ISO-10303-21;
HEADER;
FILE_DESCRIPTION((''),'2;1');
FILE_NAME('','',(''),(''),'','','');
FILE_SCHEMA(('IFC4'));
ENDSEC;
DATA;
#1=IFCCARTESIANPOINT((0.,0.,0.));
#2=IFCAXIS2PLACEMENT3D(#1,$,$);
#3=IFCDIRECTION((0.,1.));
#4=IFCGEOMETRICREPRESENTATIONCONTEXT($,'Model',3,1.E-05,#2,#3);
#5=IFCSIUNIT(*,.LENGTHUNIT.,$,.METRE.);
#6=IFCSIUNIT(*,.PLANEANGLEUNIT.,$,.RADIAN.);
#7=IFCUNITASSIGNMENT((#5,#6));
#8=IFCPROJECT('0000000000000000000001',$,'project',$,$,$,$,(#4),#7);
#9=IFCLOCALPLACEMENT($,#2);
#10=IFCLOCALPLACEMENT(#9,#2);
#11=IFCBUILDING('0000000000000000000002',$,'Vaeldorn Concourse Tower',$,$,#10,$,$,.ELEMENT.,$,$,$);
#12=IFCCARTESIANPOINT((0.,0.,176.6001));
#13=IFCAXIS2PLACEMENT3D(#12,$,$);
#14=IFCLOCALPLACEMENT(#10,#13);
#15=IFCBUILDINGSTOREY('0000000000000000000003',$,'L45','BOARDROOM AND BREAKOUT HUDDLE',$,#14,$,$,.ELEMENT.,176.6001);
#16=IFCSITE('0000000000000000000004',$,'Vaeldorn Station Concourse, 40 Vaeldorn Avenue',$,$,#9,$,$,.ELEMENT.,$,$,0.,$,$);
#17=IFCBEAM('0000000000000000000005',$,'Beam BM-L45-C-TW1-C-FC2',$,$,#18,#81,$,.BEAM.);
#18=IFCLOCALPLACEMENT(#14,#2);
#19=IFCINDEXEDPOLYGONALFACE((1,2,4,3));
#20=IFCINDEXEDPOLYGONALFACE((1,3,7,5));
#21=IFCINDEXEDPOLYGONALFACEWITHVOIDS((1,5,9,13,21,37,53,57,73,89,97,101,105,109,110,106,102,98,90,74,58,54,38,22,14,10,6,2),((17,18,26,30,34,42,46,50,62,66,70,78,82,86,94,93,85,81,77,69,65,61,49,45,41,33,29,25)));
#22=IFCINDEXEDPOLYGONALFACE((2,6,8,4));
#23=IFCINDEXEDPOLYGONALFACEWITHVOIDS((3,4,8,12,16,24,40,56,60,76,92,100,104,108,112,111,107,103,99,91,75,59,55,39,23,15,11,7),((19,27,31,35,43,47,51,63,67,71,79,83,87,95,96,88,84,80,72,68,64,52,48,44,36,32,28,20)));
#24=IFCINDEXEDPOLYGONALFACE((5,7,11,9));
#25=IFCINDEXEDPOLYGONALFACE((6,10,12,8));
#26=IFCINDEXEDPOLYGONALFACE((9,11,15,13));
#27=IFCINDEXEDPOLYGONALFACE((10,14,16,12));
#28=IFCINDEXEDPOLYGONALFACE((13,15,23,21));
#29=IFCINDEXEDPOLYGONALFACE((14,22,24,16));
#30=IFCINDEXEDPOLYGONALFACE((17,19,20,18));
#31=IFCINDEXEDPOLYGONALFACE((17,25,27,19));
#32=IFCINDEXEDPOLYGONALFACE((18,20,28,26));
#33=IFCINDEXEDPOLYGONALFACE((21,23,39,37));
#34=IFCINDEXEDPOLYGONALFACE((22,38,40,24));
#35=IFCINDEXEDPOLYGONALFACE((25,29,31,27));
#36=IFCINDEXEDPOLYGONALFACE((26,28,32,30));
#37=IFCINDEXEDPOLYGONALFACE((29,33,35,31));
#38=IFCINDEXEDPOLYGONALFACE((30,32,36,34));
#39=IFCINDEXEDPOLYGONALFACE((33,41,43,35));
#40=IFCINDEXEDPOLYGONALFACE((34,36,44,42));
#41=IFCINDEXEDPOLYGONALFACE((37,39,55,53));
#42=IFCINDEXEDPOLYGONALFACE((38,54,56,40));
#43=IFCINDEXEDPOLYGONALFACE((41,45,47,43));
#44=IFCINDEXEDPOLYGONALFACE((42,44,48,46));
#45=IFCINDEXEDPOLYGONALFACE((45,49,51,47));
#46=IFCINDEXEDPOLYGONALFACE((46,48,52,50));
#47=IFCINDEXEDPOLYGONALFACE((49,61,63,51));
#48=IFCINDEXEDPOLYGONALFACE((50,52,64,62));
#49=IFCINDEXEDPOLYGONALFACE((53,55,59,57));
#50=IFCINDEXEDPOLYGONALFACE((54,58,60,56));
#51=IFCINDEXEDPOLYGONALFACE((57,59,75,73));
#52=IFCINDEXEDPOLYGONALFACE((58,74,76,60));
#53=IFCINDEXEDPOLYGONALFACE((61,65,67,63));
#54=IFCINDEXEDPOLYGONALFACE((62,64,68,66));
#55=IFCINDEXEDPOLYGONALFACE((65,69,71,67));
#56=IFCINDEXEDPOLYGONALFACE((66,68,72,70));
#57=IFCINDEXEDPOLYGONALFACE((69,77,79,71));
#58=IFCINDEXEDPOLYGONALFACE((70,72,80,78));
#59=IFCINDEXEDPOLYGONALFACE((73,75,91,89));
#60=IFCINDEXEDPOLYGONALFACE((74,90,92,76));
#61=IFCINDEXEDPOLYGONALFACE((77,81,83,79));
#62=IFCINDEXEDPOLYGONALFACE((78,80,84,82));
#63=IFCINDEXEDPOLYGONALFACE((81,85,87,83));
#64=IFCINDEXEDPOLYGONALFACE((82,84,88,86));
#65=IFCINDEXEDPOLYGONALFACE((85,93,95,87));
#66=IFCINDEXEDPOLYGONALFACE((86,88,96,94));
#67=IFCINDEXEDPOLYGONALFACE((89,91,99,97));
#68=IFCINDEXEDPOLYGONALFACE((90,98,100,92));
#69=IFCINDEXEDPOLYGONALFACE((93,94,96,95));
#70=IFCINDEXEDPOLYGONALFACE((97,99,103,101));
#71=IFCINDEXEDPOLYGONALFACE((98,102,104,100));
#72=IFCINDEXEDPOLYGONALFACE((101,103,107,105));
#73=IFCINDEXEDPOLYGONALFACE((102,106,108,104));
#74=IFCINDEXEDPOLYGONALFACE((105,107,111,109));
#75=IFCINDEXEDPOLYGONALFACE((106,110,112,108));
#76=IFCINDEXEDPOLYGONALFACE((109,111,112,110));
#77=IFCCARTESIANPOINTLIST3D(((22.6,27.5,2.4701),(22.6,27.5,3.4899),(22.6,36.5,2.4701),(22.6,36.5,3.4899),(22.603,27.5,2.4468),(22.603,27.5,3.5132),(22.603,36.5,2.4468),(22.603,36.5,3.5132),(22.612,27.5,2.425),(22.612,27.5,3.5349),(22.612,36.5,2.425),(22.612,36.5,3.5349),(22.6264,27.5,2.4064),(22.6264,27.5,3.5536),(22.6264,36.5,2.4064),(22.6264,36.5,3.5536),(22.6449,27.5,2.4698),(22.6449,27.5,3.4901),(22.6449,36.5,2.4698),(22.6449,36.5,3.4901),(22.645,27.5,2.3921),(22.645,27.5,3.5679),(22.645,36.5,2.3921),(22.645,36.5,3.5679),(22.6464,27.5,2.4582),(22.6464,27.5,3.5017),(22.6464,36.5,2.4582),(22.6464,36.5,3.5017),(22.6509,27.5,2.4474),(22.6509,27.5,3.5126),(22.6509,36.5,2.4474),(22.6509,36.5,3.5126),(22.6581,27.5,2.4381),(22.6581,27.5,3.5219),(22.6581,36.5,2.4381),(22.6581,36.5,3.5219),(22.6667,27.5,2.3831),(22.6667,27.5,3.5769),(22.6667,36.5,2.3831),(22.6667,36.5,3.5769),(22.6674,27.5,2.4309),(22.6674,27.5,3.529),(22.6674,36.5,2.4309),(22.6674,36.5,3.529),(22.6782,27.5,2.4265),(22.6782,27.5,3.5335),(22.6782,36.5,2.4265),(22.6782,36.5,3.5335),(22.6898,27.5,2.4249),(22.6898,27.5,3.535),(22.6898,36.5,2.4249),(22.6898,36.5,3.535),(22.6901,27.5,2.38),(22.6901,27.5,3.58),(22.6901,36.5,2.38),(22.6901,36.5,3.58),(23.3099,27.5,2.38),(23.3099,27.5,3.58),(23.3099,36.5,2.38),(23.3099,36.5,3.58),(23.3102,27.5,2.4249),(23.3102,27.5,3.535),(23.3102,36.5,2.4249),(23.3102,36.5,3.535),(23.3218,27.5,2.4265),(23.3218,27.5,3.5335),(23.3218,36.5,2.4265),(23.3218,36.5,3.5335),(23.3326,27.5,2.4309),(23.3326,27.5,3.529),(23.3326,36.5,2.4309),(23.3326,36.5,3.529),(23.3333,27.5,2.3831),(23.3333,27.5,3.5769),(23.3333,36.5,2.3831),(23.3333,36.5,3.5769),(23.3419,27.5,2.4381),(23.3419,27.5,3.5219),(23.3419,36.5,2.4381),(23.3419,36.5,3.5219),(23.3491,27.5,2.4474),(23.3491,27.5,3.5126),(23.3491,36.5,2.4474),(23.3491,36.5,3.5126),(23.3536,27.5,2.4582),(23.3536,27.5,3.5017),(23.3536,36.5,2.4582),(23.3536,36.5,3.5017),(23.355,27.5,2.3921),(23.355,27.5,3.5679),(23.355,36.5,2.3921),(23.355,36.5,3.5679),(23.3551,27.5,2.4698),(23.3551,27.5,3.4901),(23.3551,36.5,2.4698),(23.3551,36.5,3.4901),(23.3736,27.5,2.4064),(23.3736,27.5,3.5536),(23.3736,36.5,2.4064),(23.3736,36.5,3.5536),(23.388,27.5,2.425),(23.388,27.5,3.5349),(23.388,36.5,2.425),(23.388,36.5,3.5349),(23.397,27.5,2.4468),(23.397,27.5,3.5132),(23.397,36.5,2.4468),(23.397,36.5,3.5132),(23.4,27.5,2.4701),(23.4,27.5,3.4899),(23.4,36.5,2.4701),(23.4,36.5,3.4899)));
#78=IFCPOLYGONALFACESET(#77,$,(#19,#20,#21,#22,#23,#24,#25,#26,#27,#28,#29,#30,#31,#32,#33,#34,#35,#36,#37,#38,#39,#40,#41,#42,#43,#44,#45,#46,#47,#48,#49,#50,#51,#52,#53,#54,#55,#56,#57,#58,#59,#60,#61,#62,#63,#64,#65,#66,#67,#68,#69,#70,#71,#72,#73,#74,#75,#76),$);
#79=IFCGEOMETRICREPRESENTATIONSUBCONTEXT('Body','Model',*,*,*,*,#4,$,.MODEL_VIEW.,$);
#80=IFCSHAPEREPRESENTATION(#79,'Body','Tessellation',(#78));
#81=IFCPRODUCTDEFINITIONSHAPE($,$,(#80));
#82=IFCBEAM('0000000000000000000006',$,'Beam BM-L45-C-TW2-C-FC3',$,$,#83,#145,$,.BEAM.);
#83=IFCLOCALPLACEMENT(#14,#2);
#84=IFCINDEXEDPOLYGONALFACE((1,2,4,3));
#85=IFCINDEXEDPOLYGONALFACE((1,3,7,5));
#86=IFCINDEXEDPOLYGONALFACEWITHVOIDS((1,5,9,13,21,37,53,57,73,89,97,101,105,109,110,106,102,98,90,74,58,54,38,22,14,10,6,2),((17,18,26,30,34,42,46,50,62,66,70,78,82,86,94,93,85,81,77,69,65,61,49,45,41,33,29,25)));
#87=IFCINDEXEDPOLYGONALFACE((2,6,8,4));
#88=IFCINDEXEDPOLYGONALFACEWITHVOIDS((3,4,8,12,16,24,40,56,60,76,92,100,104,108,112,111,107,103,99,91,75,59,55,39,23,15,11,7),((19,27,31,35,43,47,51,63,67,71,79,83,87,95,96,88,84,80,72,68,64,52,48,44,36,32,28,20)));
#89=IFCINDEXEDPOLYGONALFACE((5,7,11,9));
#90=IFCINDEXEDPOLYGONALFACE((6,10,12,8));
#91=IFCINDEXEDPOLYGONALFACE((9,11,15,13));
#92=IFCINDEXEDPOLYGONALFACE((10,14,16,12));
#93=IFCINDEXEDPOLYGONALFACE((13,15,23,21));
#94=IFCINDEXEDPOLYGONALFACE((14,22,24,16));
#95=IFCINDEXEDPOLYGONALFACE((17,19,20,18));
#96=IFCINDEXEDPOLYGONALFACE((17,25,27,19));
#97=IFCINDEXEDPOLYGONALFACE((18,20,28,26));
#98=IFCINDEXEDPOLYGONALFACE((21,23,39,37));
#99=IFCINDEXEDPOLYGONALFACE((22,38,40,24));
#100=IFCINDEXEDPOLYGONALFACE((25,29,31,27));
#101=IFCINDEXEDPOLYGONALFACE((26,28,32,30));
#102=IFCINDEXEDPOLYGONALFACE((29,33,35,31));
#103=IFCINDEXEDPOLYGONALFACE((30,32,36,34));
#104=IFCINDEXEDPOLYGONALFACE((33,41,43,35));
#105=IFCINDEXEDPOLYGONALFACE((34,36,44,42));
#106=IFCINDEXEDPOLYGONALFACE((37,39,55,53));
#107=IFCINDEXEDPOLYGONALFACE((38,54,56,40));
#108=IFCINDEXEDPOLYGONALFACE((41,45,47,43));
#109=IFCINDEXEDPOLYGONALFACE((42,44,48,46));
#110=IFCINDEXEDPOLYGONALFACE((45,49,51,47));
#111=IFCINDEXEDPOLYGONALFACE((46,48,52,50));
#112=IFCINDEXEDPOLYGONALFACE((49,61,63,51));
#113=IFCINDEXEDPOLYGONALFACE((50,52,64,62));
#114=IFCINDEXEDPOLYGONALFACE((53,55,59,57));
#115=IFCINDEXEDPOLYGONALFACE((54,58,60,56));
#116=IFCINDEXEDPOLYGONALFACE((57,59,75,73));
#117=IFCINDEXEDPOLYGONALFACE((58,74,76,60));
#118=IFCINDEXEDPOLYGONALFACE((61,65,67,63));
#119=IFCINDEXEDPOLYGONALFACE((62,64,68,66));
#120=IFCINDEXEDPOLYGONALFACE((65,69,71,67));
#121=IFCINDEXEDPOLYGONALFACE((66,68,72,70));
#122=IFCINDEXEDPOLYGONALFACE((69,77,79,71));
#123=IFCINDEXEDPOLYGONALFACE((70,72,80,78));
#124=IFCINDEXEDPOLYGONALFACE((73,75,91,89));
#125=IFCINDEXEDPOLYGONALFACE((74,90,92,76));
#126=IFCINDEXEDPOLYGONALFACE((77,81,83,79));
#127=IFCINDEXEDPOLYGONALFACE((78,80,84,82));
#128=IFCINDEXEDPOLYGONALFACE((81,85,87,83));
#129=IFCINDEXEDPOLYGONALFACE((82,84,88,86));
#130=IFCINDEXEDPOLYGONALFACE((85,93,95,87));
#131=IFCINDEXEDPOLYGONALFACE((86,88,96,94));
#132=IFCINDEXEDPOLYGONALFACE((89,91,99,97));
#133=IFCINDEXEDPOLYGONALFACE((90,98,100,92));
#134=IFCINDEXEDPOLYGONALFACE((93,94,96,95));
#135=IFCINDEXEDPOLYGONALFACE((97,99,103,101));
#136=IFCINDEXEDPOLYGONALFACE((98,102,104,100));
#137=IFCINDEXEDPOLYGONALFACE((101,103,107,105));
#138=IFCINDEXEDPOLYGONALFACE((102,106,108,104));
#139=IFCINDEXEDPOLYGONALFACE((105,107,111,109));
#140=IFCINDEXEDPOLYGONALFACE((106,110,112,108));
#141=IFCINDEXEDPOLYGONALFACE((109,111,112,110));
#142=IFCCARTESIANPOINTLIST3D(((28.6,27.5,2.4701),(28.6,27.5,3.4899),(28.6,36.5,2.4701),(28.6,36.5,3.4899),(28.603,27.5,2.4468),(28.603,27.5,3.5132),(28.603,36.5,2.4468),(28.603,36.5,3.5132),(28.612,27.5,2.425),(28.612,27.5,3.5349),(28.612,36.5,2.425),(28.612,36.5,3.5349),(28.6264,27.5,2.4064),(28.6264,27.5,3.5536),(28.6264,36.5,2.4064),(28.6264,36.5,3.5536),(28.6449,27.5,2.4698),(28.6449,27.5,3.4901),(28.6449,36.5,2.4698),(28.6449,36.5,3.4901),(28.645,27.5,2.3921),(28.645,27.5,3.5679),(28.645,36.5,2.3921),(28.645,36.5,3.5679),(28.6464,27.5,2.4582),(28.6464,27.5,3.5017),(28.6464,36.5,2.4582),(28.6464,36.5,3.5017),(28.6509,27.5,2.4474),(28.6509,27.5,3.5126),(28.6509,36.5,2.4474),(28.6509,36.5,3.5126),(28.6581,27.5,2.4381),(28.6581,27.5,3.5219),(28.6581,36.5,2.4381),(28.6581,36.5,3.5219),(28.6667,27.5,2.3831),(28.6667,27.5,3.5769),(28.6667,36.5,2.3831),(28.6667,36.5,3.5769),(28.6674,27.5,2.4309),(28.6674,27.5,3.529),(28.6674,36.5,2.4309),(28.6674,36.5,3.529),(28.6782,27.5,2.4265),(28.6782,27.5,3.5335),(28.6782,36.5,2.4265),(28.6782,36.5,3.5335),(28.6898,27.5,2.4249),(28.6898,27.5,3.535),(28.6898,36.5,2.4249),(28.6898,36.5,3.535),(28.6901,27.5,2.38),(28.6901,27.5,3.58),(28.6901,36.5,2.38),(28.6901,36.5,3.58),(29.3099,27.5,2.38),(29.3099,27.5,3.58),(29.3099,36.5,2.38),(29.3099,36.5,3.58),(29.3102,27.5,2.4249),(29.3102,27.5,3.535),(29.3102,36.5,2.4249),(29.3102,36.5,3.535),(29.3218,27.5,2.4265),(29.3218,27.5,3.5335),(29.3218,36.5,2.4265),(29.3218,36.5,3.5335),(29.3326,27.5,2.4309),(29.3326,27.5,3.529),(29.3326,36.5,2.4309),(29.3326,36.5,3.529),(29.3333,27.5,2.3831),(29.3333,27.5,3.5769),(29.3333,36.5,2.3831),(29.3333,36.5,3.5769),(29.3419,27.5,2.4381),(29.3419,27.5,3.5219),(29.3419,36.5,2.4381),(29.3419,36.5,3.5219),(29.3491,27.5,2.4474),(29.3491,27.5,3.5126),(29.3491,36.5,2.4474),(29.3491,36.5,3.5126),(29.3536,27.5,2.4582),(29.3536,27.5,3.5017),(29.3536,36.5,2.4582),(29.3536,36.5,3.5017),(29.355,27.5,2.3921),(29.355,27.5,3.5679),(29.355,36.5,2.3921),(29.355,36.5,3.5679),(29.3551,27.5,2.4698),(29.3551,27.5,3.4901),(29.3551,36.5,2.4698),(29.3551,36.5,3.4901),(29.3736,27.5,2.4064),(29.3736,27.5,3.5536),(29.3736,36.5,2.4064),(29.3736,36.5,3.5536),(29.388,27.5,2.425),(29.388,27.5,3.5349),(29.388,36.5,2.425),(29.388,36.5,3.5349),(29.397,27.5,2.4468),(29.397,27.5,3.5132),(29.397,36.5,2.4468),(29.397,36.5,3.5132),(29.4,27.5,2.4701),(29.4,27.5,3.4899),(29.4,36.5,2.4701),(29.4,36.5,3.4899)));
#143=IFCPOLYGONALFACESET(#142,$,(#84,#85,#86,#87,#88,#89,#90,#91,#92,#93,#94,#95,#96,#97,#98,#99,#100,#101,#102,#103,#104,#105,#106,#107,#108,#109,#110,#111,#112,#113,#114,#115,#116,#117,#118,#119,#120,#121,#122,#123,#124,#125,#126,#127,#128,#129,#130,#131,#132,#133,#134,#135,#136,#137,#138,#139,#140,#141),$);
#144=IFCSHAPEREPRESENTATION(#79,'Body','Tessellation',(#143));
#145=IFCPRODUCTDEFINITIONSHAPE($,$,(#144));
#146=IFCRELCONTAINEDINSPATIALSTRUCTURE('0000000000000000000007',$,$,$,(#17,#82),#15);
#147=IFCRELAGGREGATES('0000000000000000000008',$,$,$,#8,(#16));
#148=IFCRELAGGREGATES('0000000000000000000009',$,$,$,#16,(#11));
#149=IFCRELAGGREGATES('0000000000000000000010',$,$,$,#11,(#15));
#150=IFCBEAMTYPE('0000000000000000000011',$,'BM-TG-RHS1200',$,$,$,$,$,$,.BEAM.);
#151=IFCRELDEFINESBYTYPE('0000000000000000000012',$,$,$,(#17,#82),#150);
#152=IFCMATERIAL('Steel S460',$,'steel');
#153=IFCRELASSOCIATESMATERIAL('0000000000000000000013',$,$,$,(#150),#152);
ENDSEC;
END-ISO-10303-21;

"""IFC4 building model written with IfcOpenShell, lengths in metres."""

from ifc_helpers import new_model, si_unit, direction, frame, origin, origin_2d, place, context, subcontext, project, spatial, hollow_rectangle, extrude, source, transform, mapped, material, material_profile, profile_set, type_object, element, save


model = new_model("IFC4")

# Units and contexts
model_context = context("Model", 3, precision=1e-05, world=origin(), true_north=direction((0.0, 1.0)))
body_context = subcontext(model_context, "Body", "Model", "MODEL_VIEW")
ifc_project = project(units=[si_unit("LENGTHUNIT", "METRE"), si_unit("PLANEANGLEUNIT", "RADIAN")], contexts=[model_context])

# Site, building, storey
site_placement = place(None, origin())
site = spatial("IfcSite", under=ifc_project, at=site_placement, Name="Vaeldorn Station Concourse, 40 Vaeldorn Avenue", CompositionType="ELEMENT", RefElevation=0.0)
building_placement = place(site_placement, origin())
building = spatial("IfcBuilding", under=site, at=building_placement, Name="Vaeldorn Concourse Tower", CompositionType="ELEMENT")
storey_placement = place(building_placement, frame((0.0, 0.0, 176.6001)))
storey = spatial("IfcBuildingStorey", under=building, at=storey_placement, Name="L45", Description="BOARDROOM AND BREAKOUT HUDDLE", CompositionType="ELEMENT", Elevation=176.6001)

# Shared definitions
ifc_material_1 = material(Name="Steel S460", Category="steel")

# Beams
ifc_material_profile_1 = material_profile(ifc_material_1, hollow_rectangle(XDim=0.8, YDim=1.2, WallThickness=0.0449, InnerFilletRadius=0.0449, OuterFilletRadius=0.0901, at=origin_2d()), Name="RHS 1200x800x45")
ifc_profile_set_1 = profile_set([ifc_material_profile_1], Name="Steel S460")
beam_type_1 = type_object("IfcBeamType", Name="BM-TG-RHS1200", PredefinedType="BEAM", material=ifc_profile_set_1)
shared_shape_1 = source(origin(), body_context, "Body", "SweptSolid", [
    extrude(hollow_rectangle(XDim=0.8, YDim=1.2, WallThickness=0.0449, InnerFilletRadius=0.0449, OuterFilletRadius=0.0901, at=origin_2d()), origin(), (0.0, 0.0, 1.0), 9.0),
])
for number, where, z_axis, x_axis, name in (
    (1, (23.0, 27.5, 2.98), (0.0, 1.0, 0.0), (-1.0, 0.0, 0.0), "Beam BM-L45-C-TW1-C-FC2"),
    (2, (29.0, 27.5, 2.98), (0.0, 1.0, 0.0), (-1.0, 0.0, 0.0), "Beam BM-L45-C-TW2-C-FC3"),
):
    element("IfcBeam", number, at=place(storey_placement, frame(where, z_axis=z_axis, x_axis=x_axis)), inside=storey, type_object=beam_type_1, Name=name, PredefinedType="BEAM", context=body_context, shape_type="MappedRepresentation", body=[
        mapped(shared_shape_1, transform((0.0, 0.0, 0.0), scale=1.0)),
    ])

save(model, "model.ifc")
